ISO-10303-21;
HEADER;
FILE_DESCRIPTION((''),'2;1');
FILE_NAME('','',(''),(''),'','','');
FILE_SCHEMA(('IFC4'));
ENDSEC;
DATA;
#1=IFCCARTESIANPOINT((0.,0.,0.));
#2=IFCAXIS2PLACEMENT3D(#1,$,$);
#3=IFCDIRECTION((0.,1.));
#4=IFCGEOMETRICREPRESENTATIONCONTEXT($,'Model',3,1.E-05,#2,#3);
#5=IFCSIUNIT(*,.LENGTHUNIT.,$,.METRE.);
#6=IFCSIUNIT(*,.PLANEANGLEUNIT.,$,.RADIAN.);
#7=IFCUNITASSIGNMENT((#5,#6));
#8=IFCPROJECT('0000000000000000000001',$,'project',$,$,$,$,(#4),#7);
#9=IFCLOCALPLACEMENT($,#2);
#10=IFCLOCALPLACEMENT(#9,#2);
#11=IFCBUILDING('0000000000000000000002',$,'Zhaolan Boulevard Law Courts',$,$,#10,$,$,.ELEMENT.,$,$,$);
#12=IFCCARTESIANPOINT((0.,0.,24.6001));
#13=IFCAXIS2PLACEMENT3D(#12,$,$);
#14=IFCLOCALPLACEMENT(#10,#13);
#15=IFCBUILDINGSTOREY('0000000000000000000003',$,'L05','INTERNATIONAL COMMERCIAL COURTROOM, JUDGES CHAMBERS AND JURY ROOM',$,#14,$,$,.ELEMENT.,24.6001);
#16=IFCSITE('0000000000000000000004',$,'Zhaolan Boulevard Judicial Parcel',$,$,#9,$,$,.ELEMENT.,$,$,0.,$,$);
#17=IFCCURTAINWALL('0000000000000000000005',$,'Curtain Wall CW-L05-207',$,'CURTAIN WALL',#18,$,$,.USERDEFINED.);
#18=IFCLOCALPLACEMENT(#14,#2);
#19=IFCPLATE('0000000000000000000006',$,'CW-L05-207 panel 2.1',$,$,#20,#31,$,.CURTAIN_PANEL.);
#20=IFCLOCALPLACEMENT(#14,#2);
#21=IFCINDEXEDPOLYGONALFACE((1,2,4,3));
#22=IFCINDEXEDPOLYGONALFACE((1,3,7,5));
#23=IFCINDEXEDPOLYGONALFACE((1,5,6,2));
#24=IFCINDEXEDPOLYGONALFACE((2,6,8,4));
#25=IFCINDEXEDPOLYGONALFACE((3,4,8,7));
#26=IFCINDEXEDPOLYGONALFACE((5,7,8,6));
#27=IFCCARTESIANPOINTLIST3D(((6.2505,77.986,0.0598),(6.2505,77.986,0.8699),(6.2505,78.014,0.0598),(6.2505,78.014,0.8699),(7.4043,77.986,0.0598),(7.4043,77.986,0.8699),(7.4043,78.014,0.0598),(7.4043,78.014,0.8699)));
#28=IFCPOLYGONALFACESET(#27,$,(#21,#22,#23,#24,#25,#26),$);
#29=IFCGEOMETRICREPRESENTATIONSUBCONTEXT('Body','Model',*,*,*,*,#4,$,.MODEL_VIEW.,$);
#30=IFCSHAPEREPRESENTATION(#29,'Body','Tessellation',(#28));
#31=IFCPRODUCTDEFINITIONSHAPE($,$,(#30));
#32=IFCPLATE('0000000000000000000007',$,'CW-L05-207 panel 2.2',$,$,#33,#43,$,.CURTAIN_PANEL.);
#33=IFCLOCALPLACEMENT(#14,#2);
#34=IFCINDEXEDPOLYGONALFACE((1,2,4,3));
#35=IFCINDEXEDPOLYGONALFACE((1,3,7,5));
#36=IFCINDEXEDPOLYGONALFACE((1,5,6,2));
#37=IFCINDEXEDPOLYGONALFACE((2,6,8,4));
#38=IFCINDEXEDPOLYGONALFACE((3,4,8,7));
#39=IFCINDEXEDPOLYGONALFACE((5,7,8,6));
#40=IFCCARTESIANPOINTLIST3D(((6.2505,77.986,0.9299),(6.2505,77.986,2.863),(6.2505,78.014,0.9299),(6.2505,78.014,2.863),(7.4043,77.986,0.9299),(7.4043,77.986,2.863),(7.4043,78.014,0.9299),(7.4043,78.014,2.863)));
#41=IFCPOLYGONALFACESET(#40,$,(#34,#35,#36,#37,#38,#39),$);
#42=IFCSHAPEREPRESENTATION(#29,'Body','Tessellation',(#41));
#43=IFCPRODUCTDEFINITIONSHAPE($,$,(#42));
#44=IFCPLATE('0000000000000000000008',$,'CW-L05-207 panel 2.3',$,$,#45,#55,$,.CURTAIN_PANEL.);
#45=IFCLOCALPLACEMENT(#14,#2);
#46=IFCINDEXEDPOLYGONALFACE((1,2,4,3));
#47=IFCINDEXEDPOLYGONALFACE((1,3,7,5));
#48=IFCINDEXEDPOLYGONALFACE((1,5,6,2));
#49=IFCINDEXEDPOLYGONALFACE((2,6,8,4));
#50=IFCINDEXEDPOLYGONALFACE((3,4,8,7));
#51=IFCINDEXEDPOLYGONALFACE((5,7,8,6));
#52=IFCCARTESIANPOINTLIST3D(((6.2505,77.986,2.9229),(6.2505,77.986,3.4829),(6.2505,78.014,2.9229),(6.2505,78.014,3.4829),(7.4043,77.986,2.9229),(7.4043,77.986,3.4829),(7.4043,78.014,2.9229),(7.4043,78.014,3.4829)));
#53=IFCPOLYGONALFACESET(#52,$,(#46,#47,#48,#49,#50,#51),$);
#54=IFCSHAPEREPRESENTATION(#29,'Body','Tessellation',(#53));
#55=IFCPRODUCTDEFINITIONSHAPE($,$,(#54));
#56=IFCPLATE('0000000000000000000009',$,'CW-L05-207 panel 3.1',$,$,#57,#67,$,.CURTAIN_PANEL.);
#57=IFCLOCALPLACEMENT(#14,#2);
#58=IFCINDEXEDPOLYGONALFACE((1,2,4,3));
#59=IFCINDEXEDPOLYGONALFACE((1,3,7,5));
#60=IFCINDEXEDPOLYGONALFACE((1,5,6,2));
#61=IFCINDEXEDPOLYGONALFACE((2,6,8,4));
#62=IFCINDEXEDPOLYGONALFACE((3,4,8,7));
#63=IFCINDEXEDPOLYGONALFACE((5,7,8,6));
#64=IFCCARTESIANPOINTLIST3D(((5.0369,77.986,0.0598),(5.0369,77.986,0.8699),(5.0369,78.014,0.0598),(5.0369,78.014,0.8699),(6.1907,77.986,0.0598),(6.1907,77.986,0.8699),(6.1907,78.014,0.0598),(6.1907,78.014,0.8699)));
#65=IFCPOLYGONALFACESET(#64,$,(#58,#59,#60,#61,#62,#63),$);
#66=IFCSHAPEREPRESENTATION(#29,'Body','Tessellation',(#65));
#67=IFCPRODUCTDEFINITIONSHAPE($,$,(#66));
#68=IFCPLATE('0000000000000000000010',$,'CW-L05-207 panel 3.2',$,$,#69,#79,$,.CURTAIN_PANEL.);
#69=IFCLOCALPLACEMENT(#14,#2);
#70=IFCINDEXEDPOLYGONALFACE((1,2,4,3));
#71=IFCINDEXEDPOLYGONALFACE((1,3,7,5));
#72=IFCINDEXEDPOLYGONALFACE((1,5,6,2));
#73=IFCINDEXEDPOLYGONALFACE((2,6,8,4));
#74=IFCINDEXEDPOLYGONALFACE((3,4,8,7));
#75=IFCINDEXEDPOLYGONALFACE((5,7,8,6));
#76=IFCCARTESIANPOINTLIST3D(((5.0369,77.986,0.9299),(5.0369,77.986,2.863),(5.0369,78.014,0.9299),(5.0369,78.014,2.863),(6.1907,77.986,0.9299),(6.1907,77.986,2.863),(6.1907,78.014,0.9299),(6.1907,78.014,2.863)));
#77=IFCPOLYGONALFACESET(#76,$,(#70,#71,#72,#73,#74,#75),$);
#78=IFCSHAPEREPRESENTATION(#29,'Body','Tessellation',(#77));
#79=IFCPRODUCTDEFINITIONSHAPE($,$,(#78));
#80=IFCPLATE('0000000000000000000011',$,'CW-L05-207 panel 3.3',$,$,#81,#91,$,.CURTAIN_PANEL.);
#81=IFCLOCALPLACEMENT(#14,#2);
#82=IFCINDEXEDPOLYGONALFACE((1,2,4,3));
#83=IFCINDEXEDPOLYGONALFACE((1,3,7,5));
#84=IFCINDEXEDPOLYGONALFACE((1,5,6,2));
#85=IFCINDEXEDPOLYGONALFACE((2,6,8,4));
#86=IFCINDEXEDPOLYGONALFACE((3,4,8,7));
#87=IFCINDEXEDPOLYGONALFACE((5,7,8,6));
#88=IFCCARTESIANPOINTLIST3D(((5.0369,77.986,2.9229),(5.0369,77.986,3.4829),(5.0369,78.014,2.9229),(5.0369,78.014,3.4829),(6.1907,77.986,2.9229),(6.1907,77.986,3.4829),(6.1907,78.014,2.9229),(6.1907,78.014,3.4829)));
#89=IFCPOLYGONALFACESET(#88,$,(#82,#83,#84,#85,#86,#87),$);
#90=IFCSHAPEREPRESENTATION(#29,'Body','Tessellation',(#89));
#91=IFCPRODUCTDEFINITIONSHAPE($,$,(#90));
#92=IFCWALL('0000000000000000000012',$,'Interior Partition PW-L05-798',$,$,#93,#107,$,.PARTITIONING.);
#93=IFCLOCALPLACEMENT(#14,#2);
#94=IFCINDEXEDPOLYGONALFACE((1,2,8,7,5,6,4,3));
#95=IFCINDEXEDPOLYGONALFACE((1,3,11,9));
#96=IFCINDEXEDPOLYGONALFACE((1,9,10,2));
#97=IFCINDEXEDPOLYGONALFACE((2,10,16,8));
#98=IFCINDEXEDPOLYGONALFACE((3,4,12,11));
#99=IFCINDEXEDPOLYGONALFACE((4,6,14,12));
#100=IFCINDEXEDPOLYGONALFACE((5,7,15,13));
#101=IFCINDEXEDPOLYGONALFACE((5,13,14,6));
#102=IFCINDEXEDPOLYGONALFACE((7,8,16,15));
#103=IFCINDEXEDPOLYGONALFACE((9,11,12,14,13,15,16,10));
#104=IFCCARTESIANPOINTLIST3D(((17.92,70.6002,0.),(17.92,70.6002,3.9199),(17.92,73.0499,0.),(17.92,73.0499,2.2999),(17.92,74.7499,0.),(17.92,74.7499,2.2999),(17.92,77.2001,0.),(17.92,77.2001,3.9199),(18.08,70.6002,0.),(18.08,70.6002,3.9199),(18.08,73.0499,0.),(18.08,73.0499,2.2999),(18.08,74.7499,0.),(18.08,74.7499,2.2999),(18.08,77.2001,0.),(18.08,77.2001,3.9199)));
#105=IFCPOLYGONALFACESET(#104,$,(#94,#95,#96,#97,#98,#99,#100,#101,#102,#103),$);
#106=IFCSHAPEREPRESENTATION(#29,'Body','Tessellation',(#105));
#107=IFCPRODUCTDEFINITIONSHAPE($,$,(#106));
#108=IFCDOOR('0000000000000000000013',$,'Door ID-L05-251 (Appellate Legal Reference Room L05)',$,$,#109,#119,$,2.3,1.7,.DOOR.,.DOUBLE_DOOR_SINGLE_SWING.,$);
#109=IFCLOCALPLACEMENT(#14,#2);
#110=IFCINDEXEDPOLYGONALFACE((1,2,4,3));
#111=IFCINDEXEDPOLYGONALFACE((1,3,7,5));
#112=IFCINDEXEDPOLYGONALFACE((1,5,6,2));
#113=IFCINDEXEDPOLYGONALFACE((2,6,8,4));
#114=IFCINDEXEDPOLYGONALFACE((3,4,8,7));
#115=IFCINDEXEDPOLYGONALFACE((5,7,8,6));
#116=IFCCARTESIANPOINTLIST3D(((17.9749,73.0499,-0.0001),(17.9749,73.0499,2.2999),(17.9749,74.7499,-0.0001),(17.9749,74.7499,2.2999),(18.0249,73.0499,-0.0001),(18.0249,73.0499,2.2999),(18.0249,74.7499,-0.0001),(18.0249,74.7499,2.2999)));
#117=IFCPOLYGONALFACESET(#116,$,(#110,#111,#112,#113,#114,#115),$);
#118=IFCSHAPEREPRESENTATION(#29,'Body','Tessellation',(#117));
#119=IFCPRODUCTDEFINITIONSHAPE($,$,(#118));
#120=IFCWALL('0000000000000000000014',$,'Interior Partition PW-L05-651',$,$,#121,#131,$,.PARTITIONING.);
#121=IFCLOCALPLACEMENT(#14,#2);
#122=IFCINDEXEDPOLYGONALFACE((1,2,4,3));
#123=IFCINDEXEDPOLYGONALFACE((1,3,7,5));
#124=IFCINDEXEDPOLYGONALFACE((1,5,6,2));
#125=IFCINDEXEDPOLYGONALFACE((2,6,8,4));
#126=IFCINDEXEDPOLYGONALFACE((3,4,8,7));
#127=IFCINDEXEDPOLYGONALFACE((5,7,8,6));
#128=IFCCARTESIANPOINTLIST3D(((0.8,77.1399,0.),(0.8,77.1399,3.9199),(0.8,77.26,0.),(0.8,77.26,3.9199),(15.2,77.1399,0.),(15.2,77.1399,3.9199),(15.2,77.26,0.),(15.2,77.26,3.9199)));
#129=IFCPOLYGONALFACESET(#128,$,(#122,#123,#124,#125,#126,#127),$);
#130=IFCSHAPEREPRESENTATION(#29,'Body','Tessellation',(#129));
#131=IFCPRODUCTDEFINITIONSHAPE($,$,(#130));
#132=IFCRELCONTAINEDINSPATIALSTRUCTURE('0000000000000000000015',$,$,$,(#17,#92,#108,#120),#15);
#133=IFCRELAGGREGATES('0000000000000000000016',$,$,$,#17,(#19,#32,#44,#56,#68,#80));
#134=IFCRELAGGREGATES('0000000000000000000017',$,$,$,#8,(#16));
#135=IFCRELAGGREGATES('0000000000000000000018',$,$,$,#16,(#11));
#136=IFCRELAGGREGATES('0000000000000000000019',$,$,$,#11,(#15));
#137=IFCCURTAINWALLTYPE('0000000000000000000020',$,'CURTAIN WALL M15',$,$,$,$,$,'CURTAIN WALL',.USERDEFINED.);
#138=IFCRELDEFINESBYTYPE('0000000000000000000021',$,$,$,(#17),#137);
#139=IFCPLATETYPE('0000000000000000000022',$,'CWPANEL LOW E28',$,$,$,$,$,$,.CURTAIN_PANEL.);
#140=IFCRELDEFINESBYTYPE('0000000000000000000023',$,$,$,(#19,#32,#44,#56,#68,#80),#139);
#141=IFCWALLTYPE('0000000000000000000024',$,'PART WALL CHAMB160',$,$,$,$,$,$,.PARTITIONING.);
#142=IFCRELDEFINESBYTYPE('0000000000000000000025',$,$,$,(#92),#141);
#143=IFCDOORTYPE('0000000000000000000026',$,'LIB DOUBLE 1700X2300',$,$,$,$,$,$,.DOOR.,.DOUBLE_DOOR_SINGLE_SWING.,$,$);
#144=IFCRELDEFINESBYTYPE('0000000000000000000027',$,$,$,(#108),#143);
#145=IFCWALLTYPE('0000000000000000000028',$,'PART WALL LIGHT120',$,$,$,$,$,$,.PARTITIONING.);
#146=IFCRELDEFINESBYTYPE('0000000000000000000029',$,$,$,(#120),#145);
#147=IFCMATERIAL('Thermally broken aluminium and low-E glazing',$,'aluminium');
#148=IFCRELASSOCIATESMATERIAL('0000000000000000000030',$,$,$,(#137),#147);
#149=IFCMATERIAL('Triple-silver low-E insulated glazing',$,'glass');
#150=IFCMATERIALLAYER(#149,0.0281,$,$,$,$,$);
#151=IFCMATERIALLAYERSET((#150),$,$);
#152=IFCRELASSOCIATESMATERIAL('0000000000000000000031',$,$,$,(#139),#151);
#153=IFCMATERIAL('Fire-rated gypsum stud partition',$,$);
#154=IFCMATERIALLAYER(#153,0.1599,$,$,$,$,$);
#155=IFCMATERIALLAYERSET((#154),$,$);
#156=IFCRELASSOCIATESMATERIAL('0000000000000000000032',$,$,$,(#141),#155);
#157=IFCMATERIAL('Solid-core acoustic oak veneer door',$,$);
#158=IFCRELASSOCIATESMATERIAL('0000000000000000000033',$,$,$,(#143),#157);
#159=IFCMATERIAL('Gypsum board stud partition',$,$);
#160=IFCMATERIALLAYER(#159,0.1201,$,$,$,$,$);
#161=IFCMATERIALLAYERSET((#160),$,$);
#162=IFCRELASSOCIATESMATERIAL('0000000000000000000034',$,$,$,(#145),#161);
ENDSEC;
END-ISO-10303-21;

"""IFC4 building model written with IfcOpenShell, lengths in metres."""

from ifc_helpers import new_model, si_unit, direction, frame, frame_2d, origin, origin_2d, place, context, subcontext, project, spatial, rectangle, extrude, material, layer, layer_set, type_object, element, fill, aggregate, save


model = new_model("IFC4")

# Units and contexts
model_context = context("Model", 3, precision=1e-05, world=origin(), true_north=direction((0.0, 1.0)))
body_context = subcontext(model_context, "Body", "Model", "MODEL_VIEW")
ifc_project = project(units=[si_unit("LENGTHUNIT", "METRE"), si_unit("PLANEANGLEUNIT", "RADIAN")], contexts=[model_context])

# Site, building, storey
site_placement = place(None, origin())
site = spatial("IfcSite", under=ifc_project, at=site_placement, Name="Zhaolan Boulevard Judicial Parcel", CompositionType="ELEMENT", RefElevation=0.0)
building_placement = place(site_placement, origin())
building = spatial("IfcBuilding", under=site, at=building_placement, Name="Zhaolan Boulevard Law Courts", CompositionType="ELEMENT")
storey_placement = place(building_placement, frame((0.0, 0.0, 24.6001)))
storey = spatial("IfcBuildingStorey", under=building, at=storey_placement, Name="L05", Description="INTERNATIONAL COMMERCIAL COURTROOM, JUDGES CHAMBERS AND JURY ROOM", CompositionType="ELEMENT", Elevation=24.6001)

# Curtain wall, plates
ifc_material_1 = material(Name="Thermally broken aluminium and low-E glazing", Category="aluminium")
curtain_wall_type = type_object("IfcCurtainWallType", Name="CURTAIN WALL M15", ElementType="CURTAIN WALL", PredefinedType="USERDEFINED", material=ifc_material_1)
curtain_wall_placement = place(storey_placement, origin())
curtain_wall = element("IfcCurtainWall", 1, at=curtain_wall_placement, inside=storey, type_object=curtain_wall_type, Name="Curtain Wall CW-L05-207", ObjectType="CURTAIN WALL", PredefinedType="USERDEFINED")
ifc_material_2 = material(Name="Triple-silver low-E insulated glazing", Category="glass")
ifc_layer_1 = layer(ifc_material_2, 0.0281)
ifc_layer_set_1 = layer_set([ifc_layer_1])
plate_type = type_object("IfcPlateType", Name="CWPANEL LOW E28", PredefinedType="CURTAIN_PANEL", material=ifc_layer_set_1)
plate_1_placement = place(storey_placement, frame((6.8274, 78.0, 0.0598), z_axis=(0.0, 0.0, 1.0), x_axis=(-1.0, 0.0, 0.0)))
plate_1 = element("IfcPlate", 2, at=plate_1_placement, type_object=plate_type, Name="CW-L05-207 panel 2.1", PredefinedType="CURTAIN_PANEL", context=body_context, shape_type="SweptSolid", body=[
    extrude(rectangle(XDim=1.1538, YDim=0.0281, at=origin_2d()), origin(), (0.0, 0.0, 1.0), 0.8101),
])
plate_2_placement = place(storey_placement, frame((6.8274, 78.0, 0.9299), z_axis=(0.0, 0.0, 1.0), x_axis=(-1.0, 0.0, 0.0)))
plate_2 = element("IfcPlate", 3, at=plate_2_placement, type_object=plate_type, Name="CW-L05-207 panel 2.2", PredefinedType="CURTAIN_PANEL", context=body_context, shape_type="SweptSolid", body=[
    extrude(rectangle(XDim=1.1538, YDim=0.0281, at=origin_2d()), origin(), (0.0, 0.0, 1.0), 1.9331),
])
plate_3_placement = place(storey_placement, frame((6.8274, 78.0, 2.9229), z_axis=(0.0, 0.0, 1.0), x_axis=(-1.0, 0.0, 0.0)))
plate_3 = element("IfcPlate", 4, at=plate_3_placement, type_object=plate_type, Name="CW-L05-207 panel 2.3", PredefinedType="CURTAIN_PANEL", context=body_context, shape_type="SweptSolid", body=[
    extrude(rectangle(XDim=1.1538, YDim=0.0281, at=origin_2d()), origin(), (0.0, 0.0, 1.0), 0.5601),
])
plate_4_placement = place(storey_placement, frame((5.6138, 78.0, 0.0598), z_axis=(0.0, 0.0, 1.0), x_axis=(-1.0, 0.0, 0.0)))
plate_4 = element("IfcPlate", 5, at=plate_4_placement, type_object=plate_type, Name="CW-L05-207 panel 3.1", PredefinedType="CURTAIN_PANEL", context=body_context, shape_type="SweptSolid", body=[
    extrude(rectangle(XDim=1.1538, YDim=0.0281, at=origin_2d()), origin(), (0.0, 0.0, 1.0), 0.8101),
])
plate_5_placement = place(storey_placement, frame((5.6138, 78.0, 0.9299), z_axis=(0.0, 0.0, 1.0), x_axis=(-1.0, 0.0, 0.0)))
plate_5 = element("IfcPlate", 6, at=plate_5_placement, type_object=plate_type, Name="CW-L05-207 panel 3.2", PredefinedType="CURTAIN_PANEL", context=body_context, shape_type="SweptSolid", body=[
    extrude(rectangle(XDim=1.1538, YDim=0.0281, at=origin_2d()), origin(), (0.0, 0.0, 1.0), 1.9331),
])
plate_6_placement = place(storey_placement, frame((5.6138, 78.0, 2.9229), z_axis=(0.0, 0.0, 1.0), x_axis=(-1.0, 0.0, 0.0)))
plate_6 = element("IfcPlate", 7, at=plate_6_placement, type_object=plate_type, Name="CW-L05-207 panel 3.3", PredefinedType="CURTAIN_PANEL", context=body_context, shape_type="SweptSolid", body=[
    extrude(rectangle(XDim=1.1538, YDim=0.0281, at=origin_2d()), origin(), (0.0, 0.0, 1.0), 0.5601),
])
aggregate(curtain_wall, [plate_1, plate_2, plate_3, plate_4, plate_5, plate_6])

# Wall, opening, door
ifc_material_3 = material(Name="Fire-rated gypsum stud partition")
ifc_layer_2 = layer(ifc_material_3, 0.1599)
ifc_layer_set_2 = layer_set([ifc_layer_2])
wall_type_1 = type_object("IfcWallType", Name="PART WALL CHAMB160", PredefinedType="PARTITIONING", material=ifc_layer_set_2)
wall_1_placement = place(storey_placement, frame((18.0, 77.2, 0.0), z_axis=(0.0, 0.0, 1.0), x_axis=(0.0, -1.0, 0.0)))
wall_1 = element("IfcWall", 8, at=wall_1_placement, inside=storey, type_object=wall_type_1, Name="Interior Partition PW-L05-798", PredefinedType="PARTITIONING", context=body_context, shape_type="SweptSolid", body=[
    extrude(rectangle(XDim=6.5999, YDim=0.1599, at=frame_2d((3.2998, 0.0))), origin(), (0.0, 0.0, 1.0), 3.9199),
])
opening_placement = place(wall_1_placement, frame((2.45, 0.0, 0.0)))
opening = element("IfcOpeningElement", 9, at=opening_placement, cuts=wall_1, PredefinedType="OPENING", context=body_context, shape_type="SweptSolid", body=[
    extrude(rectangle(XDim=1.7, YDim=2.3, at=frame_2d((0.8501, 1.1499))), frame((0.0, 0.0898, 0.0), z_axis=(0.0, -1.0, 0.0), x_axis=(1.0, 0.0, 0.0)), (0.0, 0.0, 1.0), 0.1799),
])
ifc_material_4 = material(Name="Solid-core acoustic oak veneer door")
door_type = type_object("IfcDoorType", Name="LIB DOUBLE 1700X2300", OperationType="DOUBLE_DOOR_SINGLE_SWING", PredefinedType="DOOR", material=ifc_material_4)
door_placement = place(opening_placement, origin())
door = element("IfcDoor", 10, at=door_placement, inside=storey, type_object=door_type, Name="Door ID-L05-251 (Appellate Legal Reference Room L05)", OperationType="DOUBLE_DOOR_SINGLE_SWING", OverallHeight=2.3, OverallWidth=1.7, PredefinedType="DOOR", context=body_context, shape_type="SweptSolid", body=[
    extrude(rectangle(XDim=1.7, YDim=2.3, at=frame_2d((0.8501, 1.1499))), frame((0.0, 0.0249, 0.0), z_axis=(0.0, -1.0, 0.0), x_axis=(1.0, 0.0, 0.0)), (0.0, 0.0, 1.0), 0.05),
])
fill(opening, door)

# Wall
ifc_material_5 = material(Name="Gypsum board stud partition")
ifc_layer_3 = layer(ifc_material_5, 0.1201)
ifc_layer_set_3 = layer_set([ifc_layer_3])
wall_type_2 = type_object("IfcWallType", Name="PART WALL LIGHT120", PredefinedType="PARTITIONING", material=ifc_layer_set_3)
wall_2_placement = place(storey_placement, frame((15.2, 77.2, 0.0), z_axis=(0.0, 0.0, 1.0), x_axis=(-1.0, 0.0, 0.0)))
element("IfcWall", 11, at=wall_2_placement, inside=storey, type_object=wall_type_2, Name="Interior Partition PW-L05-651", PredefinedType="PARTITIONING", context=body_context, shape_type="SweptSolid", body=[
    extrude(rectangle(XDim=14.3999, YDim=0.1201, at=frame_2d((7.2, 0.0))), origin(), (0.0, 0.0, 1.0), 3.9199),
])

save(model, "model.ifc")
